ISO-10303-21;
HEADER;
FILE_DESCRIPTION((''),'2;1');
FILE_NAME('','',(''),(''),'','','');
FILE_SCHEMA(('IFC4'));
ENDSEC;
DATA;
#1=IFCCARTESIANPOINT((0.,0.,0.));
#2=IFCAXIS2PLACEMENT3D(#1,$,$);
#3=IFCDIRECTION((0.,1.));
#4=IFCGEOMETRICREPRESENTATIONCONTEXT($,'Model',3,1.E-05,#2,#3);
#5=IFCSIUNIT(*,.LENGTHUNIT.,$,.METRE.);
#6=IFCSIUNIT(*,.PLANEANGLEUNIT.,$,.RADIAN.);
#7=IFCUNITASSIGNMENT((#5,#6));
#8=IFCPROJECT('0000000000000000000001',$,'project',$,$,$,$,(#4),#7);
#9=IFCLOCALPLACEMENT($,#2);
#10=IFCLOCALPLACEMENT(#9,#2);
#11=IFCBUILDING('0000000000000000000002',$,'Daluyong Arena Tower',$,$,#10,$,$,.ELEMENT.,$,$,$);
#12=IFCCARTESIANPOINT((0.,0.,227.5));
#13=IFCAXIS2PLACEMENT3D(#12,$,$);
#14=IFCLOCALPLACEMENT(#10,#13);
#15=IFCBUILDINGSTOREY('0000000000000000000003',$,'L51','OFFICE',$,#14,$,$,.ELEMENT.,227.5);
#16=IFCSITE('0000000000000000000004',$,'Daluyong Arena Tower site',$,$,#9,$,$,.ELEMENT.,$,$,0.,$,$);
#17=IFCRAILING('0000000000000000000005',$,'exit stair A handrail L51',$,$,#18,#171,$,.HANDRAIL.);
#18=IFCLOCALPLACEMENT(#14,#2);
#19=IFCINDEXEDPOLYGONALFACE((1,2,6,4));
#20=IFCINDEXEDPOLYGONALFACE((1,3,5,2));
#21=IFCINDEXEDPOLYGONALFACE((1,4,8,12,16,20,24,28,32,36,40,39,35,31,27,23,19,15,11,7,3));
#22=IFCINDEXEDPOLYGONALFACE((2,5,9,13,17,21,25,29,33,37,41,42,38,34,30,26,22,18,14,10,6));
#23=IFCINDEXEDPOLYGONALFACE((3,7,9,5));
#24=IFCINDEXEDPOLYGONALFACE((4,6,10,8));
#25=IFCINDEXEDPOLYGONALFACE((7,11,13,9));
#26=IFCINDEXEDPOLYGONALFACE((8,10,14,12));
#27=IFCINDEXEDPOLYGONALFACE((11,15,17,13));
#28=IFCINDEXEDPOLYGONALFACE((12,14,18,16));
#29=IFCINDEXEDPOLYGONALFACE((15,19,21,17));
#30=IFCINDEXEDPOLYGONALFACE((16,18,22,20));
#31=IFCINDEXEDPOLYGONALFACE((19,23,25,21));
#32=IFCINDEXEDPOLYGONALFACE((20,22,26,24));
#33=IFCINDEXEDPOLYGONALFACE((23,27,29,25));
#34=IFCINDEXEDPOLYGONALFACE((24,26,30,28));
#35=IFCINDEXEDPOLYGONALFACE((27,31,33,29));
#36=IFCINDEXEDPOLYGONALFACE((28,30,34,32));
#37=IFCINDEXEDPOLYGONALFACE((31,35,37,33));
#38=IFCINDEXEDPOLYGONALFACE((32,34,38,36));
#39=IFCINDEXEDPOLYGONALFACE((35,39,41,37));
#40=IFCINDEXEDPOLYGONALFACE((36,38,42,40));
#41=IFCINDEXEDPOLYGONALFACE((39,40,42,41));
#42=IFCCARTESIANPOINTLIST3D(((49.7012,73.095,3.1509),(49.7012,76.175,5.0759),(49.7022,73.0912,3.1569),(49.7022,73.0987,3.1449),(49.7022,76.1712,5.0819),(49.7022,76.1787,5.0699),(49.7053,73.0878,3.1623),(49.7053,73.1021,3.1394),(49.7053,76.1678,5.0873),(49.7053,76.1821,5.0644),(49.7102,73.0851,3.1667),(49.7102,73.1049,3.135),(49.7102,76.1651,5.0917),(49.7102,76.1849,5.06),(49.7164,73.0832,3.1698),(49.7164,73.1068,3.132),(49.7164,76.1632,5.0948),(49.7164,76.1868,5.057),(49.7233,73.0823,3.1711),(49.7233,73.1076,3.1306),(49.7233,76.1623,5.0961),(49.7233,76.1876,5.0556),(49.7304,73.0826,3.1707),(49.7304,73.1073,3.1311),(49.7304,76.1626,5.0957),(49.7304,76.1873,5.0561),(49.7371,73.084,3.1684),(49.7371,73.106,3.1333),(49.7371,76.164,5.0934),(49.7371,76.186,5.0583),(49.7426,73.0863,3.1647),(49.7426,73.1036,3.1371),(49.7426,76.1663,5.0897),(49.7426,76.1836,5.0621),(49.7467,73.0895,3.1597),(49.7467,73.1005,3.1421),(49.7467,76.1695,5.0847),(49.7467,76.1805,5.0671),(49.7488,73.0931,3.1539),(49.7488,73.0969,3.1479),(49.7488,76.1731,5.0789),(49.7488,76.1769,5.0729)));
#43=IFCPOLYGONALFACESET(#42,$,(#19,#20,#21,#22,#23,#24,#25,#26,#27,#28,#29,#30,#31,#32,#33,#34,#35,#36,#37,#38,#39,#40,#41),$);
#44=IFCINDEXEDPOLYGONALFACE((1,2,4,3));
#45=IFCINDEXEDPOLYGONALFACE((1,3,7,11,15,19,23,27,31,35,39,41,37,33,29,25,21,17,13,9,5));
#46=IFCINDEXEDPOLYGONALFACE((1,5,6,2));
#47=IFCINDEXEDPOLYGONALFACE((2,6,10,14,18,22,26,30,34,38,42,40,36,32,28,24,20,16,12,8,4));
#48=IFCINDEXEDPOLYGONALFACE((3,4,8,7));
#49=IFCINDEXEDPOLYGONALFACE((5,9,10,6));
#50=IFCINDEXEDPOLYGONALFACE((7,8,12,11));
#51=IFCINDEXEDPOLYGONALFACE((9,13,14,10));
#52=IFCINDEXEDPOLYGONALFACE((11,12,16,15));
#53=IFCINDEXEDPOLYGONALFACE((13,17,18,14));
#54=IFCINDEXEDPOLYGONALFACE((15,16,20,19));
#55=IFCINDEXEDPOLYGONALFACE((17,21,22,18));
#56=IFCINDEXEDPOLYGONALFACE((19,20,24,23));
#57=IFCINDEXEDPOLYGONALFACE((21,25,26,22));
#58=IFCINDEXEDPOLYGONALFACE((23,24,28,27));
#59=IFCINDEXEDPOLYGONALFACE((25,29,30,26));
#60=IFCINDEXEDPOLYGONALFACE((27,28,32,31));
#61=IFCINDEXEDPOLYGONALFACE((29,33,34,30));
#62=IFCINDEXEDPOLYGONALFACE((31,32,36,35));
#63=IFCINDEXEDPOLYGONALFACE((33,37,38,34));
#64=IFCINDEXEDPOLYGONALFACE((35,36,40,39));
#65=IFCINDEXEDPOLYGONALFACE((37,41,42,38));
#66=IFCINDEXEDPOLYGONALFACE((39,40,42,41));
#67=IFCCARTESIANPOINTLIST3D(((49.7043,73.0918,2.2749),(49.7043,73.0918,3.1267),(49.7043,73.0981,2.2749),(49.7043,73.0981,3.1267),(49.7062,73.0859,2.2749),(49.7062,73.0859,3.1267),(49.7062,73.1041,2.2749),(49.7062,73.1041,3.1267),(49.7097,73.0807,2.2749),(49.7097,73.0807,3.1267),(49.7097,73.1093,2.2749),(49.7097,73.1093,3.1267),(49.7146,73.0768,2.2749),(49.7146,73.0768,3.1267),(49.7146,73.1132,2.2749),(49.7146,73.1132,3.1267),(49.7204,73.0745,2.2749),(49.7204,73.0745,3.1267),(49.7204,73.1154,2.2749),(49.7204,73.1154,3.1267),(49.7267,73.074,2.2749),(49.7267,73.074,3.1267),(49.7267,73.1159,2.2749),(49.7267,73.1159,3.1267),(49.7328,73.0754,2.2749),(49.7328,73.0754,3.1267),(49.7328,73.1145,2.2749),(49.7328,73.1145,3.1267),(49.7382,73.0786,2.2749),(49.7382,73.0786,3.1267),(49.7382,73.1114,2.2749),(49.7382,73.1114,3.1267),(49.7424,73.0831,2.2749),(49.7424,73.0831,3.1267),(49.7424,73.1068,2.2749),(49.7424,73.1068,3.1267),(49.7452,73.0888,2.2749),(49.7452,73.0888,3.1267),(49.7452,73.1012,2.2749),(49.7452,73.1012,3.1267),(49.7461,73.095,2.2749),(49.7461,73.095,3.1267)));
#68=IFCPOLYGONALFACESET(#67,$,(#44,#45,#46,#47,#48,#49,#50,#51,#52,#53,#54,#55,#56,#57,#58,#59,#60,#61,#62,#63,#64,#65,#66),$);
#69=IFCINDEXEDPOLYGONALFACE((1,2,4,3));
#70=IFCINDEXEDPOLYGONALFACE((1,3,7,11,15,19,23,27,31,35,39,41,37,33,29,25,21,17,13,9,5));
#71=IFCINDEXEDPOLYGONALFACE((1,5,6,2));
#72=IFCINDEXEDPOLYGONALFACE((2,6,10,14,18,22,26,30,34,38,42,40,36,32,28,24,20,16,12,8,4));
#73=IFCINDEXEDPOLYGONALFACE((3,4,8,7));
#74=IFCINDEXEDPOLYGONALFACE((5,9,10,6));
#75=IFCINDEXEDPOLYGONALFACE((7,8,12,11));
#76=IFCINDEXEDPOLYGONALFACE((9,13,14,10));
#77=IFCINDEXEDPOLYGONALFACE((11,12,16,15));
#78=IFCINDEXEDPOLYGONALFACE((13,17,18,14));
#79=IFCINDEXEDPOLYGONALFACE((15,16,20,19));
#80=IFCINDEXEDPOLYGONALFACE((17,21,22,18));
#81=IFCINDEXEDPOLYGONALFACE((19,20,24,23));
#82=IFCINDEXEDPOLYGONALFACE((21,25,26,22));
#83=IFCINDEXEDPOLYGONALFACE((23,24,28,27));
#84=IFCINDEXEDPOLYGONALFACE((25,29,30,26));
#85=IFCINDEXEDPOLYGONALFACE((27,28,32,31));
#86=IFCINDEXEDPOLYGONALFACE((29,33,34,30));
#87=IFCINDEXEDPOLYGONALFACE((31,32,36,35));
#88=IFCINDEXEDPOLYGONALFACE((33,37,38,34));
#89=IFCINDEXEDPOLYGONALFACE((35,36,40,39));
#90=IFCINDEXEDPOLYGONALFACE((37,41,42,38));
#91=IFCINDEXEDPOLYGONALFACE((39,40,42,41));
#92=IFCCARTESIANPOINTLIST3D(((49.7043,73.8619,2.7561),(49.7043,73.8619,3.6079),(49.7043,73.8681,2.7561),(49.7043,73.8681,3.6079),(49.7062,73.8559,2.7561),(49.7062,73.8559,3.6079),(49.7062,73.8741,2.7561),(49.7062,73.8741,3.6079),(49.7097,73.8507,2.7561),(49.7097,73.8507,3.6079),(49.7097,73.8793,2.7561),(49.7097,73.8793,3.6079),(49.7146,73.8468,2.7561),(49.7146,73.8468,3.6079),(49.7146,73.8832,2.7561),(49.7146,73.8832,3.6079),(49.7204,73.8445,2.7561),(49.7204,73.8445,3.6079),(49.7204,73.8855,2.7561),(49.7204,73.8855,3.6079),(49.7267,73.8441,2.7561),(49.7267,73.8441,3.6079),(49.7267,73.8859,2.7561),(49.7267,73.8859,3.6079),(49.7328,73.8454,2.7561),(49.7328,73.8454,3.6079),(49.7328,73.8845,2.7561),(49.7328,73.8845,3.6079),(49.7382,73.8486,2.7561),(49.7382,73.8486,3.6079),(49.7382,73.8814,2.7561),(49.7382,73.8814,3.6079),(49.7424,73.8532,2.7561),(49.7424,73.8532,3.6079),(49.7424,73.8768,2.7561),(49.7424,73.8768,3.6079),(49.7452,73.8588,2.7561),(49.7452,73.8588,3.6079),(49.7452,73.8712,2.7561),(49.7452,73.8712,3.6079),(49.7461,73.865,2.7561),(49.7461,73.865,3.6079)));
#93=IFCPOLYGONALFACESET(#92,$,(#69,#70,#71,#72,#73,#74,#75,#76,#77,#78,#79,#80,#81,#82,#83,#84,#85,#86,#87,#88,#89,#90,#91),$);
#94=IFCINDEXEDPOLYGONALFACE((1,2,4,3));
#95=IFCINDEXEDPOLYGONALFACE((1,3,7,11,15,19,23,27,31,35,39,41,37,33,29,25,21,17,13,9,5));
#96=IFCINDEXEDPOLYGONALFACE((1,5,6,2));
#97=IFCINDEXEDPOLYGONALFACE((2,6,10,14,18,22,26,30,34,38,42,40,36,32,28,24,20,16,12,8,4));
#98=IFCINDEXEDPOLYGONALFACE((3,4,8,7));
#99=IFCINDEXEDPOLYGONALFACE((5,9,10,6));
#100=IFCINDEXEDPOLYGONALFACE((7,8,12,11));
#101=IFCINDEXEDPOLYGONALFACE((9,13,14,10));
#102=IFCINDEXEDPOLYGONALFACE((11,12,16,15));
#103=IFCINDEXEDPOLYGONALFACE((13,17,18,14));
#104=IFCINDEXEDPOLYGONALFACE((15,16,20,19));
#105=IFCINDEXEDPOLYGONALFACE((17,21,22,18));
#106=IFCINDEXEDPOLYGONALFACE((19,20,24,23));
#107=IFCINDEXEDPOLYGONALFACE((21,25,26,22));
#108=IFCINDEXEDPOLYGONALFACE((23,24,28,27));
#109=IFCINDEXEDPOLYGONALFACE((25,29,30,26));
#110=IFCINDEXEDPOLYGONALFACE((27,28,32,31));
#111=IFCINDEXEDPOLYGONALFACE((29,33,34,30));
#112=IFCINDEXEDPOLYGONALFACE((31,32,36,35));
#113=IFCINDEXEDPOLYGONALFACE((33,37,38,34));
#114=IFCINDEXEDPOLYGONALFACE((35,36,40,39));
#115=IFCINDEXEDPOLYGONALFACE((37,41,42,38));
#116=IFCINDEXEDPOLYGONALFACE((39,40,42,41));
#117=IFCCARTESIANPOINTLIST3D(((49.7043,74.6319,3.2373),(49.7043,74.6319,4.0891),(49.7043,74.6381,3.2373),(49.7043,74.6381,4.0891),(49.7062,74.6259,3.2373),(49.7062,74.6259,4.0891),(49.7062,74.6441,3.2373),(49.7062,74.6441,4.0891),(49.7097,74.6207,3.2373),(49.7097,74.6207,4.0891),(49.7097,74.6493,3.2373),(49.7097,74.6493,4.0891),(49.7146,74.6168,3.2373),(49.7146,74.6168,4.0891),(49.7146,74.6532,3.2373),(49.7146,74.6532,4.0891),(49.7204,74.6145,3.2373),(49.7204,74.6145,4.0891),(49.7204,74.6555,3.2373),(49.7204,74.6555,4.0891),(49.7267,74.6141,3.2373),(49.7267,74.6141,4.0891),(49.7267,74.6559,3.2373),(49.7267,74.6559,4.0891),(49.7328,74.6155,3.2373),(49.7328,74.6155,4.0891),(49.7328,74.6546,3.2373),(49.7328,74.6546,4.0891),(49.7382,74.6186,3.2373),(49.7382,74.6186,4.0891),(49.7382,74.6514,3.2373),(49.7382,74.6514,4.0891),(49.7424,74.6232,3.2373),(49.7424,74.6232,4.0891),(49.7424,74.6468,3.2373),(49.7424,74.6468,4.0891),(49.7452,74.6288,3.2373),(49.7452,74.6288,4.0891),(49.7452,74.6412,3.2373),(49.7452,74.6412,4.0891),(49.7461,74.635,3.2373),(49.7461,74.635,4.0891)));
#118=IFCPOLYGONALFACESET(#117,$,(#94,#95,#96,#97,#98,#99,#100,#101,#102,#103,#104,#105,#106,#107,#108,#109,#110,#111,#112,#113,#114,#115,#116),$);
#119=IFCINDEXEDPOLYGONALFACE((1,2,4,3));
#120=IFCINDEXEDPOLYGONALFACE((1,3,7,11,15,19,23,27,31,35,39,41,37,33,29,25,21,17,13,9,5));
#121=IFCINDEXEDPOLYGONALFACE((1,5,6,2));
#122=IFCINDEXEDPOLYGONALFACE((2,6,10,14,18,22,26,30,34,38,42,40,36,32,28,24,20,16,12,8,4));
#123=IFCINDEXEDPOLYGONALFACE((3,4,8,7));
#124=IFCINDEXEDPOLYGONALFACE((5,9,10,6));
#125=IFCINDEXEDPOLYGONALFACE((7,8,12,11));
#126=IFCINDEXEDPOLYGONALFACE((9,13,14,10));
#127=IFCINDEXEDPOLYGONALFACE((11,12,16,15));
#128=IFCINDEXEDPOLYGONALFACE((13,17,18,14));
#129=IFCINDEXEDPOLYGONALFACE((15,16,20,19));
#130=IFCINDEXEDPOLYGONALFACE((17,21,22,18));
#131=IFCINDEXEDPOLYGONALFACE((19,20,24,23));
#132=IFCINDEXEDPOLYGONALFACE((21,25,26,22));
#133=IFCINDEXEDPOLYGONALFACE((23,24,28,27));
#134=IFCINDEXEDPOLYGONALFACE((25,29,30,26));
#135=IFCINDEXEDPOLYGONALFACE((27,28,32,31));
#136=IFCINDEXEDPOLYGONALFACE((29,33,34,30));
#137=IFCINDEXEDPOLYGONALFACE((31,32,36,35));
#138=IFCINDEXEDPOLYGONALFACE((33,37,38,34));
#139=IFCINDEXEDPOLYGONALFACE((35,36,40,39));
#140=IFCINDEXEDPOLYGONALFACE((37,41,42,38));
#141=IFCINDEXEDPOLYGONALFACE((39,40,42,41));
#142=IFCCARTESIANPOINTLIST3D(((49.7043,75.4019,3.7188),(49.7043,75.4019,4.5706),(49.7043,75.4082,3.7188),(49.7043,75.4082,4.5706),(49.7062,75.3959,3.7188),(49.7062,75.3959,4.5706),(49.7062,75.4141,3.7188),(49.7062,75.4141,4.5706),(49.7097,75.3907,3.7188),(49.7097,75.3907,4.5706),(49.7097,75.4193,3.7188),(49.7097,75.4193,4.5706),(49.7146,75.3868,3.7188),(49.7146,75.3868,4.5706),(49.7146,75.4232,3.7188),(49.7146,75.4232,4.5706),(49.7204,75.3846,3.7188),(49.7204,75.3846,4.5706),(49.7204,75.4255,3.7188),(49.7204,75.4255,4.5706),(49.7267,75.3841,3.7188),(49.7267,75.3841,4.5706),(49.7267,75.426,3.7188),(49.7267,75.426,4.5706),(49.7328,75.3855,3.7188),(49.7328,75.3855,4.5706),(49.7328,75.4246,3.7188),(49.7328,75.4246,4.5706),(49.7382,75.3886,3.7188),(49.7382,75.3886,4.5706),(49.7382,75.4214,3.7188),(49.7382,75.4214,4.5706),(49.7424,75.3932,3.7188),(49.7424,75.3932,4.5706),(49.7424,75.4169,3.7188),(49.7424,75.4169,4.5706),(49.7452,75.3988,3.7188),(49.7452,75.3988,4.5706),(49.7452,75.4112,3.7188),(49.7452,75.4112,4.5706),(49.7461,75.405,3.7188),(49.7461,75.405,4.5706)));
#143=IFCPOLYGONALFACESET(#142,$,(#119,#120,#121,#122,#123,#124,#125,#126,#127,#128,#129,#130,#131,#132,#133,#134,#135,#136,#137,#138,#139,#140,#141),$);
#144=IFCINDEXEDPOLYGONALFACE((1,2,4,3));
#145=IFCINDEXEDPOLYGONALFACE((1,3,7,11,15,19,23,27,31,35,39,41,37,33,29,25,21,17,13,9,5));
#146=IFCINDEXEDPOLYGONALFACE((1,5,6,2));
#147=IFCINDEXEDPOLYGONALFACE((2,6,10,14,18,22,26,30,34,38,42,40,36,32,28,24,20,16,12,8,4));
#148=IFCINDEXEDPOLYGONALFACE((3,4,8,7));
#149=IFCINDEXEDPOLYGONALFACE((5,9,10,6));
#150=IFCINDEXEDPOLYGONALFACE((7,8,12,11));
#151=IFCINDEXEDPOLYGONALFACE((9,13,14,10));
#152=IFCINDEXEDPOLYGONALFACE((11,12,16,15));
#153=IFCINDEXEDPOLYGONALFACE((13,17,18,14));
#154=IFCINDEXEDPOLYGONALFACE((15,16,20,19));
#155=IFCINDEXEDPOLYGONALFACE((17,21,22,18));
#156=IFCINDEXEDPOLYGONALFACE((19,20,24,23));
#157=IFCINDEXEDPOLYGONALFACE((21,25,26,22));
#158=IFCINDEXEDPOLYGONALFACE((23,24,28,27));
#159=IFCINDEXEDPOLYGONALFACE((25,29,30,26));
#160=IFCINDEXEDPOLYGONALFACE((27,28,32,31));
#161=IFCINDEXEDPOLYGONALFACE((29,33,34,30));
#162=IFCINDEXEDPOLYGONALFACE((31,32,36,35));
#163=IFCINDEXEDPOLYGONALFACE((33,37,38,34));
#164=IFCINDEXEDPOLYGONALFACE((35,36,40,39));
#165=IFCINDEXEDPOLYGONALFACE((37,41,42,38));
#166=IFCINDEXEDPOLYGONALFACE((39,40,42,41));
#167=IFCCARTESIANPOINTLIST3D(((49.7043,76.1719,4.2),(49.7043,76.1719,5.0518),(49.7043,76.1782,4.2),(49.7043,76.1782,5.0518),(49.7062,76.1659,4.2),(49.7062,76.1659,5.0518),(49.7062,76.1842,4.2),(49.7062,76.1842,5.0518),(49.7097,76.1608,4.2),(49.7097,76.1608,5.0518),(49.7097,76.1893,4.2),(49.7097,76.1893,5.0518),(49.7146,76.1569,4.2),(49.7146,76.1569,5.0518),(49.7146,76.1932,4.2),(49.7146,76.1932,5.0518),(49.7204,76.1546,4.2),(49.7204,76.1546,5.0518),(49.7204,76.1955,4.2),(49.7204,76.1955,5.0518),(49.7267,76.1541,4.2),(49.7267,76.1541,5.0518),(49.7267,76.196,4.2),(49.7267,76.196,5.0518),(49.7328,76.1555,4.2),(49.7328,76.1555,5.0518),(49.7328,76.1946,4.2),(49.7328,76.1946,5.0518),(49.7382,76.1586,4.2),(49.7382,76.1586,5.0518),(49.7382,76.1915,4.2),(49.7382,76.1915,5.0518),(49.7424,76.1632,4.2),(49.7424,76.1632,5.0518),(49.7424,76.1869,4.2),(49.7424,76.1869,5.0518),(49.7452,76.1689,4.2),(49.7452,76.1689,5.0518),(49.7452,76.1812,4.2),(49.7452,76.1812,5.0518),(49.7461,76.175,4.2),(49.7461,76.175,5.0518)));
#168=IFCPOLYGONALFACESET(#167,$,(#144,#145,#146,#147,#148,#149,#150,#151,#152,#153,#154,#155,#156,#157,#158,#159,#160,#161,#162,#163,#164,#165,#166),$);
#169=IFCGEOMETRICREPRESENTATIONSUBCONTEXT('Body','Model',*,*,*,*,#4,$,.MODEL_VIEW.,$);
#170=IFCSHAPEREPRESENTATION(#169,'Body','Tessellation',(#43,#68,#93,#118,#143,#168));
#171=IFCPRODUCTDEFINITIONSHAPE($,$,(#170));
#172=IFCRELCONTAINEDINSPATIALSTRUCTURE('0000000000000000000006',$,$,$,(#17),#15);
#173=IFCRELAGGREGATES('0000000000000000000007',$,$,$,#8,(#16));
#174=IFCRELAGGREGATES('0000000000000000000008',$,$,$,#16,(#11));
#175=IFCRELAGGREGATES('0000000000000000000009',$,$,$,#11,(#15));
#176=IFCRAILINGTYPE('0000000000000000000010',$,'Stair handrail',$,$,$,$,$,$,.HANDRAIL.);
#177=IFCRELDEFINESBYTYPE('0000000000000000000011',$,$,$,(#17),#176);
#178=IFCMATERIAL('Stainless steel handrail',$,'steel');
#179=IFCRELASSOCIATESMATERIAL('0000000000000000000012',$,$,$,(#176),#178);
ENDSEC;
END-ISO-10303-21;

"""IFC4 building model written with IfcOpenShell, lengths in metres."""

from ifc_helpers import new_model, si_unit, direction, frame, origin, origin_2d, place, context, subcontext, project, spatial, circle, extrude, material, type_object, element, save


model = new_model("IFC4")

# Units and contexts
model_context = context("Model", 3, precision=1e-05, world=origin(), true_north=direction((0.0, 1.0)))
body_context = subcontext(model_context, "Body", "Model", "MODEL_VIEW")
ifc_project = project(units=[si_unit("LENGTHUNIT", "METRE"), si_unit("PLANEANGLEUNIT", "RADIAN")], contexts=[model_context])

# Site, building, storey
site_placement = place(None, origin())
site = spatial("IfcSite", under=ifc_project, at=site_placement, Name="Daluyong Arena Tower site", CompositionType="ELEMENT", RefElevation=0.0)
building_placement = place(site_placement, origin())
building = spatial("IfcBuilding", under=site, at=building_placement, Name="Daluyong Arena Tower", CompositionType="ELEMENT")
storey_placement = place(building_placement, frame((0.0, 0.0, 227.5)))
storey = spatial("IfcBuildingStorey", under=building, at=storey_placement, Name="L51", Description="OFFICE", CompositionType="ELEMENT", Elevation=227.5)

# Railing
ifc_material_1 = material(Name="Stainless steel handrail", Category="steel")
railing_type_1 = type_object("IfcRailingType", Name="Stair handrail", PredefinedType="HANDRAIL", material=ifc_material_1)
railing_1_placement = place(storey_placement, frame((49.7251, 73.095, 2.2749)))
element("IfcRailing", 1, at=railing_1_placement, inside=storey, type_object=railing_type_1, Name="exit stair A handrail L51", PredefinedType="HANDRAIL", context=body_context, shape_type="SweptSolid", body=[
    extrude(circle(Radius=0.0239, at=origin_2d()), frame((0.0, 0.0, 0.876), z_axis=(0.0, 0.847998, 0.529999), x_axis=(-1.0, 0.0, 0.0)), (0.0, 0.0, 1.0), 3.6321),
    extrude(circle(Radius=0.021, at=origin_2d()), origin(), (0.0, 0.0, 1.0), 0.8518),
    extrude(circle(Radius=0.021, at=origin_2d()), frame((0.0, 0.77, 0.4812)), (0.0, 0.0, 1.0), 0.8518),
    extrude(circle(Radius=0.021, at=origin_2d()), frame((0.0, 1.54, 0.9624)), (0.0, 0.0, 1.0), 0.8518),
    extrude(circle(Radius=0.021, at=origin_2d()), frame((0.0, 2.3101, 1.4438)), (0.0, 0.0, 1.0), 0.8518),
    extrude(circle(Radius=0.021, at=origin_2d()), frame((0.0, 3.0801, 1.925)), (0.0, 0.0, 1.0), 0.8518),
])

save(model, "model.ifc")
